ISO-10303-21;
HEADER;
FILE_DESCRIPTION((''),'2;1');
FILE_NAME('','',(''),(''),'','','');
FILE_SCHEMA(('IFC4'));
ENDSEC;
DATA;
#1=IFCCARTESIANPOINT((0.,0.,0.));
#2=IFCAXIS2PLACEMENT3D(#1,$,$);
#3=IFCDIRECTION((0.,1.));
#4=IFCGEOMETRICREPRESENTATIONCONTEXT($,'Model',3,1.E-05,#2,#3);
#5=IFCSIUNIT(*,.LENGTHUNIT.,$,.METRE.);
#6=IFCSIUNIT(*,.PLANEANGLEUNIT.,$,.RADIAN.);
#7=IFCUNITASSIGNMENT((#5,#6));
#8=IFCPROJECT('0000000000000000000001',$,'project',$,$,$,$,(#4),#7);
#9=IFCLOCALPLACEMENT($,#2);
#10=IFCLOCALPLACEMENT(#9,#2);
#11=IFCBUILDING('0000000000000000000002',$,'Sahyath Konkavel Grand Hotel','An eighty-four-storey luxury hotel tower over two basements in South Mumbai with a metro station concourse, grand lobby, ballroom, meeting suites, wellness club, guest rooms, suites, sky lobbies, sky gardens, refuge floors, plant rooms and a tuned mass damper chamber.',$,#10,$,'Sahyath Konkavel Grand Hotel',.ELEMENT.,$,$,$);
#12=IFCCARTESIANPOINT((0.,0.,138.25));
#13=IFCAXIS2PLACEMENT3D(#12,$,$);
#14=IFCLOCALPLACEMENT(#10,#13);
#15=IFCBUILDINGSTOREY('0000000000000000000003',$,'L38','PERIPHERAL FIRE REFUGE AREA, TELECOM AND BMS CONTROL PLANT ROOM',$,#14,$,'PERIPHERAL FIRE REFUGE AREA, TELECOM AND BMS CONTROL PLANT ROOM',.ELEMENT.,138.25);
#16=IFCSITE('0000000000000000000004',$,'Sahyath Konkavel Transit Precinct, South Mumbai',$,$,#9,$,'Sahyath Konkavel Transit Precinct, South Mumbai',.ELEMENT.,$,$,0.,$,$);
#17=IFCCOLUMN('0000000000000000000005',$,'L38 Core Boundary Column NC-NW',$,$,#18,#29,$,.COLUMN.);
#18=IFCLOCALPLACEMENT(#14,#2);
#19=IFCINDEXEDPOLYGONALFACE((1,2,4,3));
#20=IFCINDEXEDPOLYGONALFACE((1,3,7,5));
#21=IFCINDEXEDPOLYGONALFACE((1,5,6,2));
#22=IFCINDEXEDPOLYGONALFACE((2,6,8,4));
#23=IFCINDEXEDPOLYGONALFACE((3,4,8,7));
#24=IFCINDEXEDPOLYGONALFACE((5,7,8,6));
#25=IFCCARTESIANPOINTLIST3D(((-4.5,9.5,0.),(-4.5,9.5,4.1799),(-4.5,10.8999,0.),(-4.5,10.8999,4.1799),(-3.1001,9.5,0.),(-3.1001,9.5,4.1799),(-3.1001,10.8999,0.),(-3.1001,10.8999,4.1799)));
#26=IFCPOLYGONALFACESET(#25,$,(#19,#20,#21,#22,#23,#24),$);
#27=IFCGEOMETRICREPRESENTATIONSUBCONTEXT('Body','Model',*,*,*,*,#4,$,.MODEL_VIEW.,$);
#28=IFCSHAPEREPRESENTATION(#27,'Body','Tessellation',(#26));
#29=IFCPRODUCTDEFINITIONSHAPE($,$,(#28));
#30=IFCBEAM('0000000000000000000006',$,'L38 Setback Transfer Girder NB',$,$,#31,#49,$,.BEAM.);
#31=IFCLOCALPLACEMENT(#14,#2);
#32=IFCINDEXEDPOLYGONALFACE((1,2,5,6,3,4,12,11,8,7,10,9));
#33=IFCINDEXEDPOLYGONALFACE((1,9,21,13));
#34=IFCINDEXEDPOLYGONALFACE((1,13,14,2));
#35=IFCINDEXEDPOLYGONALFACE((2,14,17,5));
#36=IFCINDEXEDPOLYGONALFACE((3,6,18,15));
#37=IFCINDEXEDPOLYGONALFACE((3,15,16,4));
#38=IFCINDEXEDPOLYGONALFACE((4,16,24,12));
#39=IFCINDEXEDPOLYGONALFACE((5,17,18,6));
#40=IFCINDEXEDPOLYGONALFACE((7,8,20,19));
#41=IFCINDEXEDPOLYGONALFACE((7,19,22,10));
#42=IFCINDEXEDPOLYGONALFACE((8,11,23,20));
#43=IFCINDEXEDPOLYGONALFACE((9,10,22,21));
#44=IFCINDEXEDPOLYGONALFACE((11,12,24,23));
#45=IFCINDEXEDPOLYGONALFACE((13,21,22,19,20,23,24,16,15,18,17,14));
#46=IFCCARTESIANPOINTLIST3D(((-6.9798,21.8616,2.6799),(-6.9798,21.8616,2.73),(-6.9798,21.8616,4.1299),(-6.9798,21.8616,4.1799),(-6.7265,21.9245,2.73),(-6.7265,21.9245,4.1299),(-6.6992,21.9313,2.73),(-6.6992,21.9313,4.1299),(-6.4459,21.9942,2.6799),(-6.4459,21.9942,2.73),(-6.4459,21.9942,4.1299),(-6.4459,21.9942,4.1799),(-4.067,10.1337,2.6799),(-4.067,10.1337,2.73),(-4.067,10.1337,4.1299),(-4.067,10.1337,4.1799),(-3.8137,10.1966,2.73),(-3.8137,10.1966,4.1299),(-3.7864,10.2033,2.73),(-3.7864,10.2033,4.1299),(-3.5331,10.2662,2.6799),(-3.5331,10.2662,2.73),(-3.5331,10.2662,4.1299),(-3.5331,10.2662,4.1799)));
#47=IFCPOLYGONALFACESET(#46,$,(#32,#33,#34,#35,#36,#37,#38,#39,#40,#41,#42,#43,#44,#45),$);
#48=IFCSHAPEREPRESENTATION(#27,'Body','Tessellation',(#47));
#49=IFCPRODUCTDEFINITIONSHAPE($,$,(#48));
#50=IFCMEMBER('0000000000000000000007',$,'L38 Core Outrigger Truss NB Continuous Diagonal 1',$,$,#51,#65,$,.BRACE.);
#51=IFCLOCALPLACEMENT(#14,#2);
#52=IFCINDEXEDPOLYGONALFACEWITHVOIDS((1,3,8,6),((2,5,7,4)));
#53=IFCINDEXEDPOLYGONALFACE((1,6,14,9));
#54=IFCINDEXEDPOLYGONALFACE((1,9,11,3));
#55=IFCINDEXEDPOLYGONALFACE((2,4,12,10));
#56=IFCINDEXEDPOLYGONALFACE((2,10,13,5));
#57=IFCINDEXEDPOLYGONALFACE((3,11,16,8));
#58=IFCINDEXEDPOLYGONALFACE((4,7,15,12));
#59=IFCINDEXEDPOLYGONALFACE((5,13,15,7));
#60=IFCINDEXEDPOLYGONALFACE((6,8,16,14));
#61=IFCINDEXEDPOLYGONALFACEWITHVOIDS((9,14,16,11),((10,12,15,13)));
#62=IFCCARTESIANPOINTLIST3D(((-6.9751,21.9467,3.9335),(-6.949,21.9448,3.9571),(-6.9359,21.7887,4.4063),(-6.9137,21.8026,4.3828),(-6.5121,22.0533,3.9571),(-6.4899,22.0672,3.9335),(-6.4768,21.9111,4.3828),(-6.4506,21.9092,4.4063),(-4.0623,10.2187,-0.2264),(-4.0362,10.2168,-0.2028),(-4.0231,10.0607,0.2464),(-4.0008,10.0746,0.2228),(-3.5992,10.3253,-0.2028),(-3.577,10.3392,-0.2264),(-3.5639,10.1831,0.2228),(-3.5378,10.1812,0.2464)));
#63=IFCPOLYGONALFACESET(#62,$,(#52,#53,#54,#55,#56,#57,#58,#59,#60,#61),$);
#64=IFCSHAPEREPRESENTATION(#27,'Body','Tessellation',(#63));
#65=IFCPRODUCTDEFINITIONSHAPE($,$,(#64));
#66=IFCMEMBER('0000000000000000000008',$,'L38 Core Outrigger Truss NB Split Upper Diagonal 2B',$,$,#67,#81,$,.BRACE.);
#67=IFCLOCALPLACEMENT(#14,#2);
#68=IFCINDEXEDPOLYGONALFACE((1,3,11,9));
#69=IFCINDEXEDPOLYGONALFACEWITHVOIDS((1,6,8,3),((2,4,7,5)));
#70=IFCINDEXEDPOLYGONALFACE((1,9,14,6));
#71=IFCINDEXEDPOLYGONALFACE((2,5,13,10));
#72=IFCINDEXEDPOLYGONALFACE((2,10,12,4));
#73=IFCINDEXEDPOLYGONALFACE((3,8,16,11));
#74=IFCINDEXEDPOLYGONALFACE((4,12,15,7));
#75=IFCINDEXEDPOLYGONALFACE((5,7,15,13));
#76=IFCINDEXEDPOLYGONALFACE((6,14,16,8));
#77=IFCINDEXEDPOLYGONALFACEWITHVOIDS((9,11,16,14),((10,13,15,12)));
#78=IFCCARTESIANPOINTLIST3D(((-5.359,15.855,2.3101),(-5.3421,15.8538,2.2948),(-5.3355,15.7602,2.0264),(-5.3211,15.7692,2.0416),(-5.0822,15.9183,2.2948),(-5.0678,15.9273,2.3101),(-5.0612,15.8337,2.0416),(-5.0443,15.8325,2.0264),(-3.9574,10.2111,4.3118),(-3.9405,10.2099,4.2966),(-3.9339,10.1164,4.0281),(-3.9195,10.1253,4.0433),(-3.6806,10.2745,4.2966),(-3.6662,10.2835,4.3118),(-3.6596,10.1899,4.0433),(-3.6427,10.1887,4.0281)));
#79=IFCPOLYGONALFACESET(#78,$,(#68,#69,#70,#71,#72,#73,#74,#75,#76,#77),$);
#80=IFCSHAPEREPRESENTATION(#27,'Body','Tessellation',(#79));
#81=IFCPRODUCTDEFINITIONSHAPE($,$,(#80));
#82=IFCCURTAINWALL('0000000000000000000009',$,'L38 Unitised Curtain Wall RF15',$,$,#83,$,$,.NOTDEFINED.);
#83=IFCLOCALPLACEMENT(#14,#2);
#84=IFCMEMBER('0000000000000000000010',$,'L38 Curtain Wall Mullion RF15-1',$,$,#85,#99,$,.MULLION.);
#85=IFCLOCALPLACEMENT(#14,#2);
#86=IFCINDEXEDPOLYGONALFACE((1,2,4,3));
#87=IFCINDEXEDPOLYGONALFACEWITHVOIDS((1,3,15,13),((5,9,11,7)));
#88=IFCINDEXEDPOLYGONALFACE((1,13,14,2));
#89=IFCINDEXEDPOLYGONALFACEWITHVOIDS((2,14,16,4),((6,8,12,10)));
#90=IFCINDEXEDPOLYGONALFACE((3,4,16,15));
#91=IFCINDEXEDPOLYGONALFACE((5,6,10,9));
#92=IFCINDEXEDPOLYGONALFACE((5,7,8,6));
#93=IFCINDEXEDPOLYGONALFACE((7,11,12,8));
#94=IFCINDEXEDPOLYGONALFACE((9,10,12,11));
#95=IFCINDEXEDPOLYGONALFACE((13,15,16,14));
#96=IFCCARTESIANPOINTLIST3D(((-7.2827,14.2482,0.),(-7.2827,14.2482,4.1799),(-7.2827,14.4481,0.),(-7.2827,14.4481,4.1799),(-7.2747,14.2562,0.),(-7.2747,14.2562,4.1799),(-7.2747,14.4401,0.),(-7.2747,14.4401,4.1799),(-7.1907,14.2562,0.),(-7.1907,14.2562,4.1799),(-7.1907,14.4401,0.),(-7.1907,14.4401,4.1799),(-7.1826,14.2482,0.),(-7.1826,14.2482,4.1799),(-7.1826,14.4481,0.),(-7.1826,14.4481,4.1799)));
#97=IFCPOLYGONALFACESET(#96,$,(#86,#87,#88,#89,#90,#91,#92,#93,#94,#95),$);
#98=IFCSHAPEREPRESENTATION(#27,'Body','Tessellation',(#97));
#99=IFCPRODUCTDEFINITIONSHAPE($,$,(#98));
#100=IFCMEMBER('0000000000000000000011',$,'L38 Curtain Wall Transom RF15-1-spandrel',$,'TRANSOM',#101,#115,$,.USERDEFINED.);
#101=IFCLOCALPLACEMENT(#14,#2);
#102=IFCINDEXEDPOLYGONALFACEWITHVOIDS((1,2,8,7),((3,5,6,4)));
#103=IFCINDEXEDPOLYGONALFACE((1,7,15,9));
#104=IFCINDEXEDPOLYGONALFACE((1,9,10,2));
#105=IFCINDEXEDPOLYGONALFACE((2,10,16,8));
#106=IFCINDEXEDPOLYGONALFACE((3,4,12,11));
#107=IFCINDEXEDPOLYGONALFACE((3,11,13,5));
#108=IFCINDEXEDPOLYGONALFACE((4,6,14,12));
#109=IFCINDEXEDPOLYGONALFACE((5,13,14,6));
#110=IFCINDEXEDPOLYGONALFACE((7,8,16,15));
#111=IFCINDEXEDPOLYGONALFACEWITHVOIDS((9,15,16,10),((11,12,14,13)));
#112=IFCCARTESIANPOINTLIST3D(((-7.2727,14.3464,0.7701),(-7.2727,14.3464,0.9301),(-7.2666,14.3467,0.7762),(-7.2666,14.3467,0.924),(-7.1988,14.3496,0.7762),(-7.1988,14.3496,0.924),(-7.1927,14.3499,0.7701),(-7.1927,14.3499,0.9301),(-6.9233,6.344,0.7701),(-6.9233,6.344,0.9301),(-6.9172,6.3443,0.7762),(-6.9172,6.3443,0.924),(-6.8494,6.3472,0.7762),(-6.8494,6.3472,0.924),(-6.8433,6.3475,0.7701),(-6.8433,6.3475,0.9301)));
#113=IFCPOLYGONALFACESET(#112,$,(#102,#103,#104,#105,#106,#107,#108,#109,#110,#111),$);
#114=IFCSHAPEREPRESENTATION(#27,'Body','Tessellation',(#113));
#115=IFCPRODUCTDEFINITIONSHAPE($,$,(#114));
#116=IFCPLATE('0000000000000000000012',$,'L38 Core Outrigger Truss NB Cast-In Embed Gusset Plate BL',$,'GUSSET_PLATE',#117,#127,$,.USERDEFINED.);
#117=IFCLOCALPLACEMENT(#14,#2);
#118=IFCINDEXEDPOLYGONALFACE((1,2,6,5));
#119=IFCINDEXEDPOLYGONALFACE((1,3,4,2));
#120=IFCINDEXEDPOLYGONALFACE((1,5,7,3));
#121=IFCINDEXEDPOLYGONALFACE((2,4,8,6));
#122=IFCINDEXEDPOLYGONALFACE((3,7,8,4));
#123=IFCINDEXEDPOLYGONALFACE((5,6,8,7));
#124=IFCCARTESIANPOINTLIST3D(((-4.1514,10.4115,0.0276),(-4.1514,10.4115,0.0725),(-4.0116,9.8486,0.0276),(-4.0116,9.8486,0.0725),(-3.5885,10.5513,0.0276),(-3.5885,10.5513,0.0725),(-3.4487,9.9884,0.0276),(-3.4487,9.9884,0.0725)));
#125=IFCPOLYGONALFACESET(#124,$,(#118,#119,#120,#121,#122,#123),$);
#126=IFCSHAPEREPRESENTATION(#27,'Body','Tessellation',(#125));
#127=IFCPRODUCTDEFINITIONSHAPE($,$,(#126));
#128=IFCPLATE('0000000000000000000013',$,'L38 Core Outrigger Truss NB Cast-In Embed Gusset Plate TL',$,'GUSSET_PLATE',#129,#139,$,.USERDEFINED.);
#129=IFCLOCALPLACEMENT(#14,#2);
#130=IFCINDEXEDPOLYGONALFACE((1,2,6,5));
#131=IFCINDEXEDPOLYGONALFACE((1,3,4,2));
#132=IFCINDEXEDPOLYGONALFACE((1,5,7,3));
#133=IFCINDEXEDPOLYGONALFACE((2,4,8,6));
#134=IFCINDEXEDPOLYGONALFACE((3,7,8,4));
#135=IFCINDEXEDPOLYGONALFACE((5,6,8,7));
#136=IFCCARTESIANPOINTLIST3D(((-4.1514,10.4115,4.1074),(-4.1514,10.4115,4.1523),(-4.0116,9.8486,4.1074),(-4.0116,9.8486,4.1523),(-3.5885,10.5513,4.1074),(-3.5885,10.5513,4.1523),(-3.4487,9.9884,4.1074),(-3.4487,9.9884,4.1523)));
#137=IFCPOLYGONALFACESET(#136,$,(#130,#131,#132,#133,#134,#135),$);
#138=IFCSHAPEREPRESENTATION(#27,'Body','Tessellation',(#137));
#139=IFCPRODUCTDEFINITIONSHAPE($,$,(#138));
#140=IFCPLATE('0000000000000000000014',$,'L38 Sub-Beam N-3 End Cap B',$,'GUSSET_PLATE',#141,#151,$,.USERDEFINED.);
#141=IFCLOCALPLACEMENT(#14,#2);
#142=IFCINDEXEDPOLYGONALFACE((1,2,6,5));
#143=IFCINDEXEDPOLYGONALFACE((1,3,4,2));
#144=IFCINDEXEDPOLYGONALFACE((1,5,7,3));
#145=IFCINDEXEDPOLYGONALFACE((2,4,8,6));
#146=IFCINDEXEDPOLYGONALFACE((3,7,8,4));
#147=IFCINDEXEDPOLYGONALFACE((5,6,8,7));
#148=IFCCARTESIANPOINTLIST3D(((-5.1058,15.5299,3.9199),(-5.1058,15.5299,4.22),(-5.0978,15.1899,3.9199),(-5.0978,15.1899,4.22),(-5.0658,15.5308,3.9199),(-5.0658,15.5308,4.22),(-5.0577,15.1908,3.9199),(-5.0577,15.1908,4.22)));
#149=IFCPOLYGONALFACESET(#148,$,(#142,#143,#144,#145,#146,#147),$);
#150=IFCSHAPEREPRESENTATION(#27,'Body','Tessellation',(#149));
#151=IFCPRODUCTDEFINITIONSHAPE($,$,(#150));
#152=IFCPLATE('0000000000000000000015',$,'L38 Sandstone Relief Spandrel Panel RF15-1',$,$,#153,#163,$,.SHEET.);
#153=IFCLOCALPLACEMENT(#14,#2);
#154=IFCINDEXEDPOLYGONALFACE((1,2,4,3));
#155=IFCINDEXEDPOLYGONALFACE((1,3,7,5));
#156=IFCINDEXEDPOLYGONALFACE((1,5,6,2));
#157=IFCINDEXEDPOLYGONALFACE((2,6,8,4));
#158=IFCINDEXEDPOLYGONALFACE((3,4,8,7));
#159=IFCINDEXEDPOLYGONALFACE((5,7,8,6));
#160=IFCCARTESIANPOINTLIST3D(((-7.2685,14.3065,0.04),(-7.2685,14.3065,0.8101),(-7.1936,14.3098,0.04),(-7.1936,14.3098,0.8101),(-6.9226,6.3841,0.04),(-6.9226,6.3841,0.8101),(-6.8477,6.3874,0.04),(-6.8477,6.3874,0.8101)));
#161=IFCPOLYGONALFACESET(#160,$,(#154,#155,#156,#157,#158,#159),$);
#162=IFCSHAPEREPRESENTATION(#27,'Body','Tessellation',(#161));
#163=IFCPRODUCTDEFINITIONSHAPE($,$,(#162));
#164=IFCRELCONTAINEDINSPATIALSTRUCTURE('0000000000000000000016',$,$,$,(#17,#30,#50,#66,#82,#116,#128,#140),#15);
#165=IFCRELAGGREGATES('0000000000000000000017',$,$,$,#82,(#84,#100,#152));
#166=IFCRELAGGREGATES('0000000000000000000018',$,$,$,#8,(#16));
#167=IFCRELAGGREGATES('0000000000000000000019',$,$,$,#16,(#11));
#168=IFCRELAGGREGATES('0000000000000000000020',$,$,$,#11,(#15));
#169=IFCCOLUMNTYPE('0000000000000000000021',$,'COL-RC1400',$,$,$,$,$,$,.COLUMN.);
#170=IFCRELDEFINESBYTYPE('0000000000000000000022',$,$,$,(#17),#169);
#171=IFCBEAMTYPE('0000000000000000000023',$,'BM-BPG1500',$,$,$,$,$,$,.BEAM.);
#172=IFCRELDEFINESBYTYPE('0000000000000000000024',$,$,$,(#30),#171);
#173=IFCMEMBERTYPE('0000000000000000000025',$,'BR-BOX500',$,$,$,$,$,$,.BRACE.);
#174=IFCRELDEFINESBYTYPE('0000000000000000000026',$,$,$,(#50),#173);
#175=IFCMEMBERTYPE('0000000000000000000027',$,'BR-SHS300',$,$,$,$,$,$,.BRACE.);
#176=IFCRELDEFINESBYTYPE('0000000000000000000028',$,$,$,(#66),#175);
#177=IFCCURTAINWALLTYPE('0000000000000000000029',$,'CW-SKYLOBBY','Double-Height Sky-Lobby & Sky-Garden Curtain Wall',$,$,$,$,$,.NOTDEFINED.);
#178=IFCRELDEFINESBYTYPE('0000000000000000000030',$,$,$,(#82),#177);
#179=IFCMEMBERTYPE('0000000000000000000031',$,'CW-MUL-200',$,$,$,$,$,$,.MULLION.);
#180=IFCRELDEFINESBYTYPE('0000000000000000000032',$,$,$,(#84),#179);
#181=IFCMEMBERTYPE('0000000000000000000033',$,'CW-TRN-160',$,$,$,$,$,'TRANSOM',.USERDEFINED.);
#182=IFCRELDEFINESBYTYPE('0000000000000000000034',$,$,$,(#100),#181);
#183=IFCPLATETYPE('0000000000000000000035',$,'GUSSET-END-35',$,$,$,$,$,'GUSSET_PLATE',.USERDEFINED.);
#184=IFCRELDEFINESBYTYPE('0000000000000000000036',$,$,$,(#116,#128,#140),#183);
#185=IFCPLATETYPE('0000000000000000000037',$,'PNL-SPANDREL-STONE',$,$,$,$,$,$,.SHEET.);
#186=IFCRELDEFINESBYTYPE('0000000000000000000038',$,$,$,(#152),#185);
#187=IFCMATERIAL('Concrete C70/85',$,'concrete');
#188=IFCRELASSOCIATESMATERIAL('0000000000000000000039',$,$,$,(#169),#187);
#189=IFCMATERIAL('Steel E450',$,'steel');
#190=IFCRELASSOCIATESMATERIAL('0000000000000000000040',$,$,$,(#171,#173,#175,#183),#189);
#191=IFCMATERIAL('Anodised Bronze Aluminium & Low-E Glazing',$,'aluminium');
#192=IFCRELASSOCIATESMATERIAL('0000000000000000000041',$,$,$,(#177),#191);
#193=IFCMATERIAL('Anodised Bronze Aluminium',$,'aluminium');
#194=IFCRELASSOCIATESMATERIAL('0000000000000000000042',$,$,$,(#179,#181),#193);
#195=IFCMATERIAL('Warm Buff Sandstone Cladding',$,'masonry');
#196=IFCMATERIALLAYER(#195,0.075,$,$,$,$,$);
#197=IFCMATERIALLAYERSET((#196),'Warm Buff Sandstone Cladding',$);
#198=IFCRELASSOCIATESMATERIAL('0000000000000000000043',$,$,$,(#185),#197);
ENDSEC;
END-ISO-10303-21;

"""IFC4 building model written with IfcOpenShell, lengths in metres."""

from ifc_helpers import new_model, si_unit, direction, frame, origin, origin_2d, place, context, subcontext, project, spatial, rectangle, hollow_rectangle, i_section, extrude, source, transform, mapped, material, layer, layer_set, material_profile, profile_set, type_object, element, aggregate, save


model = new_model("IFC4")

# Units and contexts
model_context = context("Model", 3, precision=1e-05, world=origin(), true_north=direction((0.0, 1.0)))
body_context = subcontext(model_context, "Body", "Model", "MODEL_VIEW")
ifc_project = project(units=[si_unit("LENGTHUNIT", "METRE"), si_unit("PLANEANGLEUNIT", "RADIAN")], contexts=[model_context])

# Site, building, storey
site_placement = place(None, origin())
site = spatial("IfcSite", under=ifc_project, at=site_placement, Name="Sahyath Konkavel Transit Precinct, South Mumbai", LongName="Sahyath Konkavel Transit Precinct, South Mumbai", CompositionType="ELEMENT", RefElevation=0.0)
building_placement = place(site_placement, origin())
building = spatial("IfcBuilding", under=site, at=building_placement, Name="Sahyath Konkavel Grand Hotel", Description="An eighty-four-storey luxury hotel tower over two basements in South Mumbai with a metro station concourse, grand lobby, ballroom, meeting suites, wellness club, guest rooms, suites, sky lobbies, sky gardens, refuge floors, plant rooms and a tuned mass damper chamber.", LongName="Sahyath Konkavel Grand Hotel", CompositionType="ELEMENT")
storey_placement = place(building_placement, frame((0.0, 0.0, 138.25)))
storey = spatial("IfcBuildingStorey", under=building, at=storey_placement, Name="L38", Description="PERIPHERAL FIRE REFUGE AREA, TELECOM AND BMS CONTROL PLANT ROOM", LongName="PERIPHERAL FIRE REFUGE AREA, TELECOM AND BMS CONTROL PLANT ROOM", CompositionType="ELEMENT", Elevation=138.25)

# Column
ifc_material_1 = material(Name="Concrete C70/85", Category="concrete")
ifc_material_profile_1 = material_profile(ifc_material_1, rectangle(XDim=1.3999, YDim=1.3999, at=origin_2d()), Name="RC 1400x1400")
ifc_profile_set_1 = profile_set([ifc_material_profile_1], Name="Concrete C70/85")
column_type = type_object("IfcColumnType", Name="COL-RC1400", PredefinedType="COLUMN", material=ifc_profile_set_1)
shared_shape_1 = source(origin(), body_context, "Body", "SweptSolid", [
    extrude(rectangle(XDim=1.3999, YDim=1.3999, at=origin_2d()), origin(), (0.0, 0.0, 1.0), 4.1799),
])
column_placement = place(storey_placement, frame((-3.8, 10.2, 0.0), z_axis=(0.0, 0.0, 1.0), x_axis=(1.0, 0.0, 0.0)))
element("IfcColumn", 1, at=column_placement, inside=storey, type_object=column_type, Name="L38 Core Boundary Column NC-NW", PredefinedType="COLUMN", context=body_context, shape_type="MappedRepresentation", body=[
    mapped(shared_shape_1, transform((0.0, 0.0, 0.0), scale=1.0)),
])

# Beam
ifc_material_2 = material(Name="Steel E450", Category="steel")
ifc_material_profile_2 = material_profile(ifc_material_2, i_section(OverallWidth=0.55, OverallDepth=1.5, WebThickness=0.0281, FlangeThickness=0.05, at=origin_2d()), Name="BPG 1500x550")
ifc_profile_set_2 = profile_set([ifc_material_profile_2], Name="Steel E450")
beam_type = type_object("IfcBeamType", Name="BM-BPG1500", PredefinedType="BEAM", material=ifc_profile_set_2)
shared_shape_2 = source(origin(), body_context, "Body", "SweptSolid", [
    extrude(i_section(OverallWidth=0.55, OverallDepth=1.5, WebThickness=0.0281, FlangeThickness=0.05, at=origin_2d()), origin(), (0.0, 0.0, 1.0), 12.0842),
])
beam_placement = place(storey_placement, frame((-3.8, 10.2, 3.4299), z_axis=(-0.241043, 0.970515, 0.0), x_axis=(-0.970515, -0.241043, 0.0)))
element("IfcBeam", 2, at=beam_placement, inside=storey, type_object=beam_type, Name="L38 Setback Transfer Girder NB", PredefinedType="BEAM", context=body_context, shape_type="MappedRepresentation", body=[
    mapped(shared_shape_2, transform((0.0, 0.0, 0.0), scale=1.0)),
])

# Members
ifc_material_profile_3 = material_profile(ifc_material_2, hollow_rectangle(XDim=0.5, YDim=0.5, WallThickness=0.0249, at=origin_2d()), Name="BOX 500x500x25")
ifc_profile_set_3 = profile_set([ifc_material_profile_3], Name="Steel E450")
member_type_1 = type_object("IfcMemberType", Name="BR-BOX500", PredefinedType="BRACE", material=ifc_profile_set_3)
shared_shape_3 = source(origin(), body_context, "Body", "SweptSolid", [
    extrude(hollow_rectangle(XDim=0.5, YDim=0.5, WallThickness=0.0249, at=origin_2d()), origin(), (0.0, 0.0, 1.0), 12.7803),
])
member_1_placement = place(storey_placement, frame((-3.8, 10.2, 0.01), z_axis=(-0.227916, 0.917664, 0.325494), x_axis=(-0.970515, -0.241043, 0.0)))
element("IfcMember", 3, at=member_1_placement, inside=storey, type_object=member_type_1, Name="L38 Core Outrigger Truss NB Continuous Diagonal 1", PredefinedType="BRACE", context=body_context, shape_type="MappedRepresentation", body=[
    mapped(shared_shape_3, transform((0.0, 0.0, 0.0), scale=1.0)),
])
ifc_material_profile_4 = material_profile(ifc_material_2, hollow_rectangle(XDim=0.3, YDim=0.3, WallThickness=0.0161, at=origin_2d()), Name="SHS 300x300x16")
ifc_profile_set_4 = profile_set([ifc_material_profile_4], Name="Steel E450")
member_type_2 = type_object("IfcMemberType", Name="BR-SHS300", PredefinedType="BRACE", material=ifc_profile_set_4)
shared_shape_4 = source(origin(), body_context, "Body", "SweptSolid", [
    extrude(hollow_rectangle(XDim=0.3, YDim=0.3, WallThickness=0.0161, at=origin_2d()), origin(), (0.0, 0.0, 1.0), 6.1501),
])
member_2_placement = place(storey_placement, frame((-5.2017, 15.8438, 2.1682), z_axis=(0.2279, -0.917675, 0.325475), x_axis=(0.970519, 0.241024, 0.0)))
element("IfcMember", 4, at=member_2_placement, inside=storey, type_object=member_type_2, Name="L38 Core Outrigger Truss NB Split Upper Diagonal 2B", PredefinedType="BRACE", context=body_context, shape_type="MappedRepresentation", body=[
    mapped(shared_shape_4, transform((0.0, 0.0, 0.0), scale=1.0)),
])

# Curtain wall, members
ifc_material_3 = material(Name="Anodised Bronze Aluminium & Low-E Glazing", Category="aluminium")
curtain_wall_type = type_object("IfcCurtainWallType", Name="CW-SKYLOBBY", Description="Double-Height Sky-Lobby & Sky-Garden Curtain Wall", PredefinedType="NOTDEFINED", material=ifc_material_3)
curtain_wall_placement = place(storey_placement, origin())
curtain_wall = element("IfcCurtainWall", 5, at=curtain_wall_placement, inside=storey, type_object=curtain_wall_type, Name="L38 Unitised Curtain Wall RF15", PredefinedType="NOTDEFINED")
ifc_material_4 = material(Name="Anodised Bronze Aluminium", Category="aluminium")
ifc_material_profile_5 = material_profile(ifc_material_4, hollow_rectangle(XDim=0.1001, YDim=0.2, WallThickness=0.0081, at=origin_2d()), Name="RHS 200x100x8")
ifc_profile_set_5 = profile_set([ifc_material_profile_5], Name="Anodised Bronze Aluminium")
member_type_3 = type_object("IfcMemberType", Name="CW-MUL-200", PredefinedType="MULLION", material=ifc_profile_set_5)
shared_shape_5 = source(origin(), body_context, "Body", "SweptSolid", [
    extrude(hollow_rectangle(XDim=0.1001, YDim=0.2, WallThickness=0.0081, at=origin_2d()), origin(), (0.0, 0.0, 1.0), 4.1799),
])
member_3_placement = place(storey_placement, frame((-7.2327, 14.3481, 0.0), z_axis=(0.0, 0.0, 1.0), x_axis=(1.0, 0.0, 0.0)))
member_3 = element("IfcMember", 6, at=member_3_placement, type_object=member_type_3, Name="L38 Curtain Wall Mullion RF15-1", PredefinedType="MULLION", context=body_context, shape_type="MappedRepresentation", body=[
    mapped(shared_shape_5, transform((0.0, 0.0, 0.0), scale=1.0)),
])
ifc_material_profile_6 = material_profile(ifc_material_4, hollow_rectangle(XDim=0.0801, YDim=0.1599, WallThickness=0.0061, at=origin_2d()), Name="RHS 160x80x6")
ifc_profile_set_6 = profile_set([ifc_material_profile_6], Name="Anodised Bronze Aluminium")
member_type_4 = type_object("IfcMemberType", Name="CW-TRN-160", ElementType="TRANSOM", PredefinedType="USERDEFINED", material=ifc_profile_set_6)
shared_shape_6 = source(origin(), body_context, "Body", "SweptSolid", [
    extrude(hollow_rectangle(XDim=0.0801, YDim=0.1599, WallThickness=0.0061, at=origin_2d()), origin(), (0.0, 0.0, 1.0), 8.01),
])
member_4_placement = place(storey_placement, frame((-7.2327, 14.3481, 0.8501), z_axis=(0.043616, -0.999048, 0.0), x_axis=(0.999048, 0.043616, 0.0)))
member_4 = element("IfcMember", 7, at=member_4_placement, type_object=member_type_4, Name="L38 Curtain Wall Transom RF15-1-spandrel", ObjectType="TRANSOM", PredefinedType="USERDEFINED", context=body_context, shape_type="MappedRepresentation", body=[
    mapped(shared_shape_6, transform((0.0, 0.0, 0.0), scale=1.0)),
])

# Plates
plate_type_1 = type_object("IfcPlateType", Name="GUSSET-END-35", ElementType="GUSSET_PLATE", PredefinedType="USERDEFINED", material=ifc_material_2)
shared_shape_7 = source(origin(), body_context, "Body", "SweptSolid", [
    extrude(rectangle(XDim=0.5801, YDim=0.5801, at=origin_2d()), origin(), (0.0, 0.0, 1.0), 0.0449),
])
for number, where, z_axis, x_axis, name in (
    (8, (-3.8, 10.2, 0.0276), (0.0, 0.0, 1.0), (-0.241041, 0.970515, 0.0), "L38 Core Outrigger Truss NB Cast-In Embed Gusset Plate BL"),
    (9, (-3.8, 10.2, 4.1074), (0.0, 0.0, 1.0), (-0.241041, 0.970515, 0.0), "L38 Core Outrigger Truss NB Cast-In Embed Gusset Plate TL"),
):
    element("IfcPlate", number, at=place(storey_placement, frame(where, z_axis=z_axis, x_axis=x_axis)), inside=storey, type_object=plate_type_1, Name=name, ObjectType="GUSSET_PLATE", PredefinedType="USERDEFINED", context=body_context, shape_type="MappedRepresentation", body=[
        mapped(shared_shape_7, transform((0.0, 0.0, 0.0), scale=1.0)),
    ])
shared_shape_8 = source(origin(), body_context, "Body", "SweptSolid", [
    extrude(rectangle(XDim=0.04, YDim=0.3401, at=origin_2d()), origin(), (0.0, 0.0, 1.0), 0.3),
])
plate_1_placement = place(storey_placement, frame((-5.0818, 15.3604, 3.9199), z_axis=(0.0, 0.0, 1.0), x_axis=(-0.999719, -0.023699, 0.0)))
element("IfcPlate", 10, at=plate_1_placement, inside=storey, type_object=plate_type_1, Name="L38 Sub-Beam N-3 End Cap B", ObjectType="GUSSET_PLATE", PredefinedType="USERDEFINED", context=body_context, shape_type="MappedRepresentation", body=[
    mapped(shared_shape_8, transform((0.0, 0.0, 0.0), scale=1.0)),
])

# Plate
ifc_material_5 = material(Name="Warm Buff Sandstone Cladding", Category="masonry")
ifc_layer_1 = layer(ifc_material_5, 0.075)
ifc_layer_set_1 = layer_set([ifc_layer_1], Name="Warm Buff Sandstone Cladding")
plate_type_2 = type_object("IfcPlateType", Name="PNL-SPANDREL-STONE", PredefinedType="SHEET", material=ifc_layer_set_1)
shared_shape_9 = source(origin(), body_context, "Body", "SweptSolid", [
    extrude(rectangle(XDim=7.9299, YDim=0.075, at=origin_2d()), origin(), (0.0, 0.0, 1.0), 0.77),
])
plate_2_placement = place(storey_placement, frame((-7.0581, 10.3469, 0.04), z_axis=(0.0, 0.0, 1.0), x_axis=(0.043619, -0.999048, 0.0)))
plate_2 = element("IfcPlate", 11, at=plate_2_placement, type_object=plate_type_2, Name="L38 Sandstone Relief Spandrel Panel RF15-1", PredefinedType="SHEET", context=body_context, shape_type="MappedRepresentation", body=[
    mapped(shared_shape_9, transform((0.0, 0.0, 0.0), scale=1.0)),
])
aggregate(curtain_wall, [member_3, member_4, plate_2])

save(model, "model.ifc")
